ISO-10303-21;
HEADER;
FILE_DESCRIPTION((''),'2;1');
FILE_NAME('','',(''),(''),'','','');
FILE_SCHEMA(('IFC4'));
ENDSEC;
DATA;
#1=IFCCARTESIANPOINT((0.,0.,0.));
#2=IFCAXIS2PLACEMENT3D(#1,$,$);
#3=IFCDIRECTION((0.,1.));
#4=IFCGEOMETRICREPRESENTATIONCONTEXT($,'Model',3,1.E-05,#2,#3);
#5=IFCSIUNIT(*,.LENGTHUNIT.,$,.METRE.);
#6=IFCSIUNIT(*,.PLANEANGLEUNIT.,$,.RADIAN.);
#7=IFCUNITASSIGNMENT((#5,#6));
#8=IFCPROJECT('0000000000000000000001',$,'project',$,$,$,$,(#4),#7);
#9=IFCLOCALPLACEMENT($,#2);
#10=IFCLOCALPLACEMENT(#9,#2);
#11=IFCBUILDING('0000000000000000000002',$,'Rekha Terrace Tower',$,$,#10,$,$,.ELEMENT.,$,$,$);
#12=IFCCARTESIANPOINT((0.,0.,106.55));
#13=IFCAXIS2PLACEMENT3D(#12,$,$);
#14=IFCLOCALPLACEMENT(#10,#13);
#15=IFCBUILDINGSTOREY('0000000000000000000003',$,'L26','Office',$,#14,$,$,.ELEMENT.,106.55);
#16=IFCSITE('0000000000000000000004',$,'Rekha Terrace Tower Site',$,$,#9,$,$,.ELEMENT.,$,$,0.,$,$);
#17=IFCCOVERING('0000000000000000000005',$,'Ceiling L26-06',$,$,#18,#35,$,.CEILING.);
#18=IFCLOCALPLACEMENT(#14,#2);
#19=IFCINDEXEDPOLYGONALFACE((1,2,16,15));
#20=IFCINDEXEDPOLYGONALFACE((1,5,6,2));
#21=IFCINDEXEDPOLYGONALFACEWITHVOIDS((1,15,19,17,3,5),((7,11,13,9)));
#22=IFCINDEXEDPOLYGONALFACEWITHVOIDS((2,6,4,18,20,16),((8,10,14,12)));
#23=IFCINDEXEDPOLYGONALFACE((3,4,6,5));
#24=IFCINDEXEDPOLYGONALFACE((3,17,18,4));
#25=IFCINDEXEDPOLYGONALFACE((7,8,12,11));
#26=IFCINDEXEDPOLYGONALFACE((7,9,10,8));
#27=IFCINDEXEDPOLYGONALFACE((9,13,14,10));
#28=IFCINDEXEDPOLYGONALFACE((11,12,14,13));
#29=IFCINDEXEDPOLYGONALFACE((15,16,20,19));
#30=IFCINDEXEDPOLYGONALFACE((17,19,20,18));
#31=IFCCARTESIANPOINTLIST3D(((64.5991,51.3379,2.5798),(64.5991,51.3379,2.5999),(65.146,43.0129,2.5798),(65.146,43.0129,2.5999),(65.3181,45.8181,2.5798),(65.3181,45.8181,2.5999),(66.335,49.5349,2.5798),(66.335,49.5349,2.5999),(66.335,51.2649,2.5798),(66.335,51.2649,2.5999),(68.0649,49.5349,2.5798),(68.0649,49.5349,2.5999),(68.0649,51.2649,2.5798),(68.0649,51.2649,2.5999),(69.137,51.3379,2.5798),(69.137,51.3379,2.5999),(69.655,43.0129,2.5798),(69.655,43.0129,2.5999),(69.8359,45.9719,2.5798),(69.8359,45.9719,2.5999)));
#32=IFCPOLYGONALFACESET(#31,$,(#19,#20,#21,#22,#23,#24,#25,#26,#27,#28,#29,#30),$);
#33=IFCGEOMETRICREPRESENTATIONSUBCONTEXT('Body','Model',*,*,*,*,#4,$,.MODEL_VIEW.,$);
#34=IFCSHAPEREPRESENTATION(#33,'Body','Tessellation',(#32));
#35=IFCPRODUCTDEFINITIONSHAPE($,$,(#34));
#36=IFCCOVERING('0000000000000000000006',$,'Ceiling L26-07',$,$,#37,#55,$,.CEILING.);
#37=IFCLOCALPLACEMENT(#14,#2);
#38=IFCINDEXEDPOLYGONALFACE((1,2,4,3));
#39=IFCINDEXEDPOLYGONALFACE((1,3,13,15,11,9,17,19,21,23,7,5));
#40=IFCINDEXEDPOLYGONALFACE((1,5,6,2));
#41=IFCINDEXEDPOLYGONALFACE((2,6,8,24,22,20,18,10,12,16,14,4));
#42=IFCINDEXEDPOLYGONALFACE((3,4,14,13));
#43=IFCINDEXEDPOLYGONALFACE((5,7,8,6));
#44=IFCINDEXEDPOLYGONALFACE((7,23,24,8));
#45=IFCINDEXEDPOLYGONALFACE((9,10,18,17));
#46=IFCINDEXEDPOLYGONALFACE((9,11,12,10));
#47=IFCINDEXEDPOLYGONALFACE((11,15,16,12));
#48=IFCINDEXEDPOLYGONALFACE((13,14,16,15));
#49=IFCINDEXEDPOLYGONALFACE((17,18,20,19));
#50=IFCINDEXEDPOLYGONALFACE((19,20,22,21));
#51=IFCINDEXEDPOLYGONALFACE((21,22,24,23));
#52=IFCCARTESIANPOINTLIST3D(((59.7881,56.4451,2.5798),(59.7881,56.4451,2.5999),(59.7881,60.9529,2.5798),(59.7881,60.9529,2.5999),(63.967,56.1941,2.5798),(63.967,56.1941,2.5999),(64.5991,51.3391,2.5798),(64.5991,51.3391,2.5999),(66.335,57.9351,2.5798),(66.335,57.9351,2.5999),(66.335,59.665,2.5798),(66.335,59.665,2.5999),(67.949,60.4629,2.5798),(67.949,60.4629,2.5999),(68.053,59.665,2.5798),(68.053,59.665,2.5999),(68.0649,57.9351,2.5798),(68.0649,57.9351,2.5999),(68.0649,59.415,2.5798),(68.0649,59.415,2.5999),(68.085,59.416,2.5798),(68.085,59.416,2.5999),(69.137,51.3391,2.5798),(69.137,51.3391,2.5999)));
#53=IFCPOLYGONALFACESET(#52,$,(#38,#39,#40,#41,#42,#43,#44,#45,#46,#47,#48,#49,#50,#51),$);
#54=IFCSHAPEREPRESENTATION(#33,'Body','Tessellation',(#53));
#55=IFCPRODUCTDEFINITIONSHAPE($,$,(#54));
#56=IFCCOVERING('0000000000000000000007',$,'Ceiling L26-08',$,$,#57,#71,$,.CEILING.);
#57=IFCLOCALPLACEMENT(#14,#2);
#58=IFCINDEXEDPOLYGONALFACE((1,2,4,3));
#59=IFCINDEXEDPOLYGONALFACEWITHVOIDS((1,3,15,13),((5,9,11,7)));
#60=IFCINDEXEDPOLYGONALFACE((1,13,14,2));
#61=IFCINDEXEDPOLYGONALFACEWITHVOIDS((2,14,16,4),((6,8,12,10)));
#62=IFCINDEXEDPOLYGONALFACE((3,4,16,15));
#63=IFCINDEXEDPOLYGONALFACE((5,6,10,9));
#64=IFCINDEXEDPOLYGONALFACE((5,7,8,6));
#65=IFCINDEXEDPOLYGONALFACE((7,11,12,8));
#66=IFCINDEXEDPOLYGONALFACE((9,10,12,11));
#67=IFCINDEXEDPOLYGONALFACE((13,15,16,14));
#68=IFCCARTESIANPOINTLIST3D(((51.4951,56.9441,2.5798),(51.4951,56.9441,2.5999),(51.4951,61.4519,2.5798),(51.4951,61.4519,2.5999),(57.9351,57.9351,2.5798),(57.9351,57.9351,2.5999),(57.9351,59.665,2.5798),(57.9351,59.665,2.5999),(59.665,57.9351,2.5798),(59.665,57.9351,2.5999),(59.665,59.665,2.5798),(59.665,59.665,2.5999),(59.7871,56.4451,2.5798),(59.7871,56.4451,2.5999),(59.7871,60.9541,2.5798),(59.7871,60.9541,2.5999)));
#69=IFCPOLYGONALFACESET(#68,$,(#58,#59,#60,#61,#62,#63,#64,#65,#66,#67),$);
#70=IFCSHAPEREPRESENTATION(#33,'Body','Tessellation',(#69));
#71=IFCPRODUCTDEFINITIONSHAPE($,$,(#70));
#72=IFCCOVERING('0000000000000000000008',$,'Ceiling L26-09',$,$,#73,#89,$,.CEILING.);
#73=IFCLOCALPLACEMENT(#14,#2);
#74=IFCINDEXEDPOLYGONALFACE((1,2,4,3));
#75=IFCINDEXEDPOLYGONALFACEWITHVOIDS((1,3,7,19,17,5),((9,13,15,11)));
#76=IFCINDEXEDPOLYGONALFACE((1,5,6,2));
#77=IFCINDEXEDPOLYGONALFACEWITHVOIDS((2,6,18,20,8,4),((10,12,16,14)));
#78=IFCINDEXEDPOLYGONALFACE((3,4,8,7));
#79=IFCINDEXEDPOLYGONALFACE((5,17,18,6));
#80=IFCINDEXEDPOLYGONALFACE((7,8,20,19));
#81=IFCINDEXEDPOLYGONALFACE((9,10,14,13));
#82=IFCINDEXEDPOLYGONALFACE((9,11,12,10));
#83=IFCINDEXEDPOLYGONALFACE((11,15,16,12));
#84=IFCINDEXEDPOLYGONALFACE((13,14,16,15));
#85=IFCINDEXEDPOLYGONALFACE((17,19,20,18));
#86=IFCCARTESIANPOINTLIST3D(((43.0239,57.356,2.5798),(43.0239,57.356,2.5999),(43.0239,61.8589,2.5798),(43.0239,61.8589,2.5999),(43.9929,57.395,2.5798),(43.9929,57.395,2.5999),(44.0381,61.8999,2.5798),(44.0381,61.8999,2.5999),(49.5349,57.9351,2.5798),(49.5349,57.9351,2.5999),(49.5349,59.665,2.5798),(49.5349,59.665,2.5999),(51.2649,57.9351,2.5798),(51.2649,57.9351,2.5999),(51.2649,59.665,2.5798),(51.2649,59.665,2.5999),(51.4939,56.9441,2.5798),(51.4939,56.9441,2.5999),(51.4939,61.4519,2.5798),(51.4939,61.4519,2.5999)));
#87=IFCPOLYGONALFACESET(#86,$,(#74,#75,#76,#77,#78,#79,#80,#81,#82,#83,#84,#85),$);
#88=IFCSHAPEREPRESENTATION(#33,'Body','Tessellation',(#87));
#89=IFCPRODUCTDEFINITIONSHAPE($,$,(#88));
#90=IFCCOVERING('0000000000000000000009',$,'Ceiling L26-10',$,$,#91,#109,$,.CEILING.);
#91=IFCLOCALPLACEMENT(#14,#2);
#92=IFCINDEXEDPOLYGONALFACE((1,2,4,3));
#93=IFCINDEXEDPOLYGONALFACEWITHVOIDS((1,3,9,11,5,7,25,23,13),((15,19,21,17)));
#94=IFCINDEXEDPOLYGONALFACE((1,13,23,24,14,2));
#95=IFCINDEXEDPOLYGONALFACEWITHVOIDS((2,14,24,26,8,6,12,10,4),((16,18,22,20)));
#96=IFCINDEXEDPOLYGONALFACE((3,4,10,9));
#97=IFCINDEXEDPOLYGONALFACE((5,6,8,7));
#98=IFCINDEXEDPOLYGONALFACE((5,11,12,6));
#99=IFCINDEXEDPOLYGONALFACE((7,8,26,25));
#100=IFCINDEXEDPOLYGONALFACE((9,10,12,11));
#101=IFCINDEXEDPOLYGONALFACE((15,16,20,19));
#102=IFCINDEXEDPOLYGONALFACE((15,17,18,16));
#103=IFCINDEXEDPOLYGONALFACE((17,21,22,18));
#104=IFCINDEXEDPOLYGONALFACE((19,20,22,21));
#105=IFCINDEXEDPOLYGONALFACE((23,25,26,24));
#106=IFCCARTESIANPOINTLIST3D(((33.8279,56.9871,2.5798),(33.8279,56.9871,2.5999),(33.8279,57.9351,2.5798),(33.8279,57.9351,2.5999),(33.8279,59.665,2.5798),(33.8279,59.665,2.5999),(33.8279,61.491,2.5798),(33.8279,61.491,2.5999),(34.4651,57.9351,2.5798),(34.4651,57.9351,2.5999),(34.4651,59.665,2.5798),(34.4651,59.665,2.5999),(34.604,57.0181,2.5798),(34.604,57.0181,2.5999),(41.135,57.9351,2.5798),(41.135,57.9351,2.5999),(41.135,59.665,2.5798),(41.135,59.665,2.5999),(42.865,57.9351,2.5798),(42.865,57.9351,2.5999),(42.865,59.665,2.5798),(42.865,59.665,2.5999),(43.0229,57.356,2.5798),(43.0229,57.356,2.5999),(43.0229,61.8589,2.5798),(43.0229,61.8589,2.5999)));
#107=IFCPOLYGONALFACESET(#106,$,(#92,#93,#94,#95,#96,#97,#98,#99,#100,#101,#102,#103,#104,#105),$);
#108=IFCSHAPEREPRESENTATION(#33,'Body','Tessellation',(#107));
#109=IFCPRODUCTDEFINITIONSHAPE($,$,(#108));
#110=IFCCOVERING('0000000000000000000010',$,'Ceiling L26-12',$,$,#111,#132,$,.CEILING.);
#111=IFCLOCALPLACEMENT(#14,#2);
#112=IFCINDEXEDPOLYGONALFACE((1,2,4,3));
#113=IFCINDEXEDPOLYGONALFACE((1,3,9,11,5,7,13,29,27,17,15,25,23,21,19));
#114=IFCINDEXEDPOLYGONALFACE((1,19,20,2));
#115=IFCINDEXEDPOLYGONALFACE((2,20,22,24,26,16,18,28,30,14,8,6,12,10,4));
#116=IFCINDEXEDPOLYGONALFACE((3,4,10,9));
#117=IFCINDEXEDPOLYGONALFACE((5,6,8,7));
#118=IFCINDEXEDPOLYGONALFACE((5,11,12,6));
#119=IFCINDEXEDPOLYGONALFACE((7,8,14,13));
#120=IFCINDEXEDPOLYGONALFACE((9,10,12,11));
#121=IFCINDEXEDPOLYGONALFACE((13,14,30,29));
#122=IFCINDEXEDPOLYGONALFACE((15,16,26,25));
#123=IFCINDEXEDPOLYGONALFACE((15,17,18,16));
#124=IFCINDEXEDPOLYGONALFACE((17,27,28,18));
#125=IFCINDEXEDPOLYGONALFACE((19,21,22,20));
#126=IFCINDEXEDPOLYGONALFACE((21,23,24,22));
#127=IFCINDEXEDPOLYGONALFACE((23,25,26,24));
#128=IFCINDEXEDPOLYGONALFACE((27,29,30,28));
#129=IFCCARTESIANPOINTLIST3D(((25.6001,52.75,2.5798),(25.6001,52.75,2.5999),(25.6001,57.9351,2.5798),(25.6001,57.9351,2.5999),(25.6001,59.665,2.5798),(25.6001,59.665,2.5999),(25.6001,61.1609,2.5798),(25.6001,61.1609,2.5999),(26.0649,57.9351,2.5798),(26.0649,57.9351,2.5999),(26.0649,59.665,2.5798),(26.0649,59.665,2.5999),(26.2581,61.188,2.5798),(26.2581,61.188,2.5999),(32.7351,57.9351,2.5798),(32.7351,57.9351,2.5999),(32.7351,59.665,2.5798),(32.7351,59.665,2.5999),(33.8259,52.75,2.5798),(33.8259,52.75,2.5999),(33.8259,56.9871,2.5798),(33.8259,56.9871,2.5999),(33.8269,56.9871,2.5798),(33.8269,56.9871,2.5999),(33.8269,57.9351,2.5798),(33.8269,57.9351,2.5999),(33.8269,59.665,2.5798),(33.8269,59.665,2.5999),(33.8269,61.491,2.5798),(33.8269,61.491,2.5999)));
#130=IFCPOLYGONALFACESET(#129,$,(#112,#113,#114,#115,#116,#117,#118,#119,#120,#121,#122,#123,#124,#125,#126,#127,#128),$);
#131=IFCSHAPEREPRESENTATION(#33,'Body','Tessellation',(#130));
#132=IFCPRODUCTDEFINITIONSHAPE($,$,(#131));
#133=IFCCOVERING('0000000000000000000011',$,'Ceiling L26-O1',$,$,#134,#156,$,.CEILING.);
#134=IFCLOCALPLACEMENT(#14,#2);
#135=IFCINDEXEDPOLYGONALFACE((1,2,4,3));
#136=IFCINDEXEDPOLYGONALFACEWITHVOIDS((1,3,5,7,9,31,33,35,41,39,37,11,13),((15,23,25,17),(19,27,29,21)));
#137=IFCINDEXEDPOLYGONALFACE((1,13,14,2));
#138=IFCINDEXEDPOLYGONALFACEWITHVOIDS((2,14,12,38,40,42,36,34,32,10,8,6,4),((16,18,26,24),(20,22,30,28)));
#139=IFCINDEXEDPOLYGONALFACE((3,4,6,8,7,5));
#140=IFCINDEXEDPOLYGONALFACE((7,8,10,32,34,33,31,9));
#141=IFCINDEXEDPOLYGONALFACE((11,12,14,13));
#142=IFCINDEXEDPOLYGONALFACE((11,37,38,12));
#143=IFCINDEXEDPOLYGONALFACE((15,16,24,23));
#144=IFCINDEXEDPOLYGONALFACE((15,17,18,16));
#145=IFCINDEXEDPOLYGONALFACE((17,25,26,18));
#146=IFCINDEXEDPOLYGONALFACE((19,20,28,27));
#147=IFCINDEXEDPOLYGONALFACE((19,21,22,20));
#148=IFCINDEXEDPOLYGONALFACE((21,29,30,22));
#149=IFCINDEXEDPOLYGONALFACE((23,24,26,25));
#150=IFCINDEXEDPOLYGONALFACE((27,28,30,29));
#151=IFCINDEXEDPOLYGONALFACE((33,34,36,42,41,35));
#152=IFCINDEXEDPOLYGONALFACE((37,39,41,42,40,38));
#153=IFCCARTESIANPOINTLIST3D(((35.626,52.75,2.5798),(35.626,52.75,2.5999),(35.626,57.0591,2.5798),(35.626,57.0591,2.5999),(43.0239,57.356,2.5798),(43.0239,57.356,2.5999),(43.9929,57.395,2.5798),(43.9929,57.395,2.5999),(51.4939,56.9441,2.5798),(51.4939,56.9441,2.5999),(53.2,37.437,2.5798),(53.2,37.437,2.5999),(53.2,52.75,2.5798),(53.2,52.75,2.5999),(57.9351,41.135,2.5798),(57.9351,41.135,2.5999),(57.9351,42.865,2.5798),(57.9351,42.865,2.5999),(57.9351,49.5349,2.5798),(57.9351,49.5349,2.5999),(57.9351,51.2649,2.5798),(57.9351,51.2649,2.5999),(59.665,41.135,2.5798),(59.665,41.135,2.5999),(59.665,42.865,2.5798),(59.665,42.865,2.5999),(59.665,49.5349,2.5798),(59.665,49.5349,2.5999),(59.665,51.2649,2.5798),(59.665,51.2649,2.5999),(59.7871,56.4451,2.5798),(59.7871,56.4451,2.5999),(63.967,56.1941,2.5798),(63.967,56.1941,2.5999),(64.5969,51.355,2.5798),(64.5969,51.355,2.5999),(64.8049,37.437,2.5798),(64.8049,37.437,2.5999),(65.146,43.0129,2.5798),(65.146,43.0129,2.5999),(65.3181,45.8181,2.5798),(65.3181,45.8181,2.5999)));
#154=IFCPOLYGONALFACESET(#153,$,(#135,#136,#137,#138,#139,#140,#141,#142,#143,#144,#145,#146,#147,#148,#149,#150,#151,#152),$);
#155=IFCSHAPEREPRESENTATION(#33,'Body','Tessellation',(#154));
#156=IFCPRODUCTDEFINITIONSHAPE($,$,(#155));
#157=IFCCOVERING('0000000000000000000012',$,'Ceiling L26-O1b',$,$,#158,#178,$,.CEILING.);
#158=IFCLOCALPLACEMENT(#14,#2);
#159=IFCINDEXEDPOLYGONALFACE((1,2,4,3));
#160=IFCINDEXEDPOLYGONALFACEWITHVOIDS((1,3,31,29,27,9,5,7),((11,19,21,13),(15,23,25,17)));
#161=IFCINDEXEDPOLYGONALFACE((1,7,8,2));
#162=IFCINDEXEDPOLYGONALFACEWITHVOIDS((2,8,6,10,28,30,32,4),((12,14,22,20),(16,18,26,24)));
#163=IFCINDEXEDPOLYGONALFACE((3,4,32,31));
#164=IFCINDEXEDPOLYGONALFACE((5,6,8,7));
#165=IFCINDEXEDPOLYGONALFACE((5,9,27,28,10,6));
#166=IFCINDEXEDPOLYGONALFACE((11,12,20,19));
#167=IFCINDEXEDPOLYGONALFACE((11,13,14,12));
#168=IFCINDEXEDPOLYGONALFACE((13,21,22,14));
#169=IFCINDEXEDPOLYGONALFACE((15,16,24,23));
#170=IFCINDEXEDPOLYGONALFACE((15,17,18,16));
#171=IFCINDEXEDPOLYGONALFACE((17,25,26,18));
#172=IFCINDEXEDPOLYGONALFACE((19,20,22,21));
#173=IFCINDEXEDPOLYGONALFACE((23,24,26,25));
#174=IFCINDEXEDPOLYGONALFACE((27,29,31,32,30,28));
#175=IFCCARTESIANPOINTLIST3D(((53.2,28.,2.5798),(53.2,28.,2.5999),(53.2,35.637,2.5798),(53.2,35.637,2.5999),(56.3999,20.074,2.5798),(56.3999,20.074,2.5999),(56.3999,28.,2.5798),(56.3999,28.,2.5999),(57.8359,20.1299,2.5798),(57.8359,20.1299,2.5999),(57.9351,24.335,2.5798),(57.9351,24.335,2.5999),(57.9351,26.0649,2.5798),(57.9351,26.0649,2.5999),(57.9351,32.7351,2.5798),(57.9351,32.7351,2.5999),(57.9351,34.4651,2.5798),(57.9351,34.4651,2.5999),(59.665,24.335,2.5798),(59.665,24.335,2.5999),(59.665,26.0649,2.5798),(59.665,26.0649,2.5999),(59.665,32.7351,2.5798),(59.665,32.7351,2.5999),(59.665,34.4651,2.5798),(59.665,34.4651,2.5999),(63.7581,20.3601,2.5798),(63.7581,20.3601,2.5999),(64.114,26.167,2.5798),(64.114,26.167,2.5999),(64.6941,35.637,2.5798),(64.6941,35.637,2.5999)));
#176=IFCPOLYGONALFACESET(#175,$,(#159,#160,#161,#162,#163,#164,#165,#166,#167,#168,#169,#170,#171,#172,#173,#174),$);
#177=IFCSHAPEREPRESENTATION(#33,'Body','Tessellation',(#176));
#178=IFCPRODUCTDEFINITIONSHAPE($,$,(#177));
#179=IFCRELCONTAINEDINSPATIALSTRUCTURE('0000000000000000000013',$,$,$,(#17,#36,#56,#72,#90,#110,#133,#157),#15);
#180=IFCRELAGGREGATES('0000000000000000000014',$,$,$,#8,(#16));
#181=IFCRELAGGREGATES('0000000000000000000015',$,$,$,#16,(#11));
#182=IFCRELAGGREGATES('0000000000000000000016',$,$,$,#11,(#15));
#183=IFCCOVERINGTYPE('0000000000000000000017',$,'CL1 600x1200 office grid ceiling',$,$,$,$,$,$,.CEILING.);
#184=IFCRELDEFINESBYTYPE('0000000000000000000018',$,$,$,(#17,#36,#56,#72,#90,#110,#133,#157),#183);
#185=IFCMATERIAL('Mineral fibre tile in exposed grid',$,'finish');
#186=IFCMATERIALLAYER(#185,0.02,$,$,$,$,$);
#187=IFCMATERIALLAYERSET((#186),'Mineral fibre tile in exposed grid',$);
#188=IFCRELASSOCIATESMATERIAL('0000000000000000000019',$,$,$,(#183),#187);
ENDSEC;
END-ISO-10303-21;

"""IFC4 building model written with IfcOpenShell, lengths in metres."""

from ifc_helpers import new_model, si_unit, direction, frame, origin, place, context, subcontext, project, spatial, polyline, outline, extrude, material, layer, layer_set, type_object, element, save


model = new_model("IFC4")

# Units and contexts
model_context = context("Model", 3, precision=1e-05, world=origin(), true_north=direction((0.0, 1.0)))
body_context = subcontext(model_context, "Body", "Model", "MODEL_VIEW")
ifc_project = project(units=[si_unit("LENGTHUNIT", "METRE"), si_unit("PLANEANGLEUNIT", "RADIAN")], contexts=[model_context])

# Site, building, storey
site_placement = place(None, origin())
site = spatial("IfcSite", under=ifc_project, at=site_placement, Name="Rekha Terrace Tower Site", CompositionType="ELEMENT", RefElevation=0.0)
building_placement = place(site_placement, origin())
building = spatial("IfcBuilding", under=site, at=building_placement, Name="Rekha Terrace Tower", CompositionType="ELEMENT")
storey_placement = place(building_placement, frame((0.0, 0.0, 106.55)))
storey = spatial("IfcBuildingStorey", under=building, at=storey_placement, Name="L26", Description="Office", CompositionType="ELEMENT", Elevation=106.55)

# Coverings
ifc_material_1 = material(Name="Mineral fibre tile in exposed grid", Category="finish")
ifc_layer_1 = layer(ifc_material_1, 0.02)
ifc_layer_set_1 = layer_set([ifc_layer_1], Name="Mineral fibre tile in exposed grid")
covering_type_1 = type_object("IfcCoveringType", Name="CL1 600x1200 office grid ceiling", PredefinedType="CEILING", material=ifc_layer_set_1)
covering_1_placement = place(storey_placement, frame((0.0, 0.0, 2.5798)))
element("IfcCovering", 1, at=covering_1_placement, inside=storey, type_object=covering_type_1, Name="Ceiling L26-06", PredefinedType="CEILING", context=body_context, shape_type="SweptSolid", body=[
    extrude(outline(polyline([(69.8359, 45.9719), (69.137, 51.3379), (64.5991, 51.3379), (65.3181, 45.8181), (65.146, 43.0129), (69.655, 43.0129), (69.8359, 45.9719)]), holes=[polyline([(68.0649, 49.5349), (66.335, 49.5349), (66.335, 51.2649), (68.0649, 51.2649), (68.0649, 49.5349)])]), origin(), (0.0, 0.0, 1.0), 0.02),
])
covering_2_placement = place(storey_placement, frame((0.0, 0.0, 2.5798)))
element("IfcCovering", 2, at=covering_2_placement, inside=storey, type_object=covering_type_1, Name="Ceiling L26-07", PredefinedType="CEILING", context=body_context, shape_type="SweptSolid", body=[
    extrude(outline(polyline([(67.949, 60.4629), (59.7881, 60.9529), (59.7881, 56.4451), (63.967, 56.1941), (64.5991, 51.3391), (69.137, 51.3391), (68.085, 59.416), (68.0649, 59.415), (68.0649, 57.9351), (66.335, 57.9351), (66.335, 59.665), (68.053, 59.665), (67.949, 60.4629)])), origin(), (0.0, 0.0, 1.0), 0.02),
])
covering_3_placement = place(storey_placement, frame((0.0, 0.0, 2.5798)))
element("IfcCovering", 3, at=covering_3_placement, inside=storey, type_object=covering_type_1, Name="Ceiling L26-08", PredefinedType="CEILING", context=body_context, shape_type="SweptSolid", body=[
    extrude(outline(polyline([(59.7871, 56.4451), (59.7871, 60.9541), (51.4951, 61.4519), (51.4951, 56.9441), (59.7871, 56.4451)]), holes=[polyline([(59.665, 57.9351), (57.9351, 57.9351), (57.9351, 59.665), (59.665, 59.665), (59.665, 57.9351)])]), origin(), (0.0, 0.0, 1.0), 0.02),
])
covering_4_placement = place(storey_placement, frame((0.0, 0.0, 2.5798)))
element("IfcCovering", 4, at=covering_4_placement, inside=storey, type_object=covering_type_1, Name="Ceiling L26-09", PredefinedType="CEILING", context=body_context, shape_type="SweptSolid", body=[
    extrude(outline(polyline([(44.0381, 61.8999), (43.0239, 61.8589), (43.0239, 57.356), (43.9929, 57.395), (51.4939, 56.9441), (51.4939, 61.4519), (44.0381, 61.8999)]), holes=[polyline([(51.2649, 57.9351), (49.5349, 57.9351), (49.5349, 59.665), (51.2649, 59.665), (51.2649, 57.9351)])]), origin(), (0.0, 0.0, 1.0), 0.02),
])
covering_5_placement = place(storey_placement, frame((0.0, 0.0, 2.5798)))
element("IfcCovering", 5, at=covering_5_placement, inside=storey, type_object=covering_type_1, Name="Ceiling L26-10", PredefinedType="CEILING", context=body_context, shape_type="SweptSolid", body=[
    extrude(outline(polyline([(34.4651, 57.9351), (33.8279, 57.9351), (33.8279, 56.9871), (34.604, 57.0181), (43.0229, 57.356), (43.0229, 61.8589), (33.8279, 61.491), (33.8279, 59.665), (34.4651, 59.665), (34.4651, 57.9351)]), holes=[polyline([(42.865, 57.9351), (41.135, 57.9351), (41.135, 59.665), (42.865, 59.665), (42.865, 57.9351)])]), origin(), (0.0, 0.0, 1.0), 0.02),
])
covering_6_placement = place(storey_placement, frame((0.0, 0.0, 2.5798)))
element("IfcCovering", 6, at=covering_6_placement, inside=storey, type_object=covering_type_1, Name="Ceiling L26-12", PredefinedType="CEILING", context=body_context, shape_type="SweptSolid", body=[
    extrude(outline(polyline([(25.6001, 52.75), (33.8259, 52.75), (33.8259, 56.9871), (33.8269, 56.9871), (33.8269, 57.9351), (32.7351, 57.9351), (32.7351, 59.665), (33.8269, 59.665), (33.8269, 61.491), (26.2581, 61.188), (25.6001, 61.1609), (25.6001, 59.665), (26.0649, 59.665), (26.0649, 57.9351), (25.6001, 57.9351), (25.6001, 52.75)])), origin(), (0.0, 0.0, 1.0), 0.02),
])
covering_7_placement = place(storey_placement, frame((0.0, 0.0, 2.5798)))
element("IfcCovering", 7, at=covering_7_placement, inside=storey, type_object=covering_type_1, Name="Ceiling L26-O1", PredefinedType="CEILING", context=body_context, shape_type="SweptSolid", body=[
    extrude(outline(polyline([(43.9929, 57.395), (43.0239, 57.356), (35.626, 57.0591), (35.626, 52.75), (53.2, 52.75), (53.2, 37.437), (64.8049, 37.437), (65.146, 43.0129), (65.3181, 45.8181), (64.5969, 51.355), (63.967, 56.1941), (59.7871, 56.4451), (51.4939, 56.9441), (43.9929, 57.395)]), holes=[polyline([(59.665, 41.135), (57.9351, 41.135), (57.9351, 42.865), (59.665, 42.865), (59.665, 41.135)]), polyline([(59.665, 49.5349), (57.9351, 49.5349), (57.9351, 51.2649), (59.665, 51.2649), (59.665, 49.5349)])]), origin(), (0.0, 0.0, 1.0), 0.02),
])
covering_8_placement = place(storey_placement, frame((0.0, 0.0, 2.5798)))
element("IfcCovering", 8, at=covering_8_placement, inside=storey, type_object=covering_type_1, Name="Ceiling L26-O1b", PredefinedType="CEILING", context=body_context, shape_type="SweptSolid", body=[
    extrude(outline(polyline([(56.3999, 20.074), (57.8359, 20.1299), (63.7581, 20.3601), (64.114, 26.167), (64.6941, 35.637), (53.2, 35.637), (53.2, 28.0), (56.3999, 28.0), (56.3999, 20.074)]), holes=[polyline([(59.665, 26.0649), (59.665, 24.335), (57.9351, 24.335), (57.9351, 26.0649), (59.665, 26.0649)]), polyline([(59.665, 32.7351), (57.9351, 32.7351), (57.9351, 34.4651), (59.665, 34.4651), (59.665, 32.7351)])]), origin(), (0.0, 0.0, 1.0), 0.02),
])

save(model, "model.ifc")
